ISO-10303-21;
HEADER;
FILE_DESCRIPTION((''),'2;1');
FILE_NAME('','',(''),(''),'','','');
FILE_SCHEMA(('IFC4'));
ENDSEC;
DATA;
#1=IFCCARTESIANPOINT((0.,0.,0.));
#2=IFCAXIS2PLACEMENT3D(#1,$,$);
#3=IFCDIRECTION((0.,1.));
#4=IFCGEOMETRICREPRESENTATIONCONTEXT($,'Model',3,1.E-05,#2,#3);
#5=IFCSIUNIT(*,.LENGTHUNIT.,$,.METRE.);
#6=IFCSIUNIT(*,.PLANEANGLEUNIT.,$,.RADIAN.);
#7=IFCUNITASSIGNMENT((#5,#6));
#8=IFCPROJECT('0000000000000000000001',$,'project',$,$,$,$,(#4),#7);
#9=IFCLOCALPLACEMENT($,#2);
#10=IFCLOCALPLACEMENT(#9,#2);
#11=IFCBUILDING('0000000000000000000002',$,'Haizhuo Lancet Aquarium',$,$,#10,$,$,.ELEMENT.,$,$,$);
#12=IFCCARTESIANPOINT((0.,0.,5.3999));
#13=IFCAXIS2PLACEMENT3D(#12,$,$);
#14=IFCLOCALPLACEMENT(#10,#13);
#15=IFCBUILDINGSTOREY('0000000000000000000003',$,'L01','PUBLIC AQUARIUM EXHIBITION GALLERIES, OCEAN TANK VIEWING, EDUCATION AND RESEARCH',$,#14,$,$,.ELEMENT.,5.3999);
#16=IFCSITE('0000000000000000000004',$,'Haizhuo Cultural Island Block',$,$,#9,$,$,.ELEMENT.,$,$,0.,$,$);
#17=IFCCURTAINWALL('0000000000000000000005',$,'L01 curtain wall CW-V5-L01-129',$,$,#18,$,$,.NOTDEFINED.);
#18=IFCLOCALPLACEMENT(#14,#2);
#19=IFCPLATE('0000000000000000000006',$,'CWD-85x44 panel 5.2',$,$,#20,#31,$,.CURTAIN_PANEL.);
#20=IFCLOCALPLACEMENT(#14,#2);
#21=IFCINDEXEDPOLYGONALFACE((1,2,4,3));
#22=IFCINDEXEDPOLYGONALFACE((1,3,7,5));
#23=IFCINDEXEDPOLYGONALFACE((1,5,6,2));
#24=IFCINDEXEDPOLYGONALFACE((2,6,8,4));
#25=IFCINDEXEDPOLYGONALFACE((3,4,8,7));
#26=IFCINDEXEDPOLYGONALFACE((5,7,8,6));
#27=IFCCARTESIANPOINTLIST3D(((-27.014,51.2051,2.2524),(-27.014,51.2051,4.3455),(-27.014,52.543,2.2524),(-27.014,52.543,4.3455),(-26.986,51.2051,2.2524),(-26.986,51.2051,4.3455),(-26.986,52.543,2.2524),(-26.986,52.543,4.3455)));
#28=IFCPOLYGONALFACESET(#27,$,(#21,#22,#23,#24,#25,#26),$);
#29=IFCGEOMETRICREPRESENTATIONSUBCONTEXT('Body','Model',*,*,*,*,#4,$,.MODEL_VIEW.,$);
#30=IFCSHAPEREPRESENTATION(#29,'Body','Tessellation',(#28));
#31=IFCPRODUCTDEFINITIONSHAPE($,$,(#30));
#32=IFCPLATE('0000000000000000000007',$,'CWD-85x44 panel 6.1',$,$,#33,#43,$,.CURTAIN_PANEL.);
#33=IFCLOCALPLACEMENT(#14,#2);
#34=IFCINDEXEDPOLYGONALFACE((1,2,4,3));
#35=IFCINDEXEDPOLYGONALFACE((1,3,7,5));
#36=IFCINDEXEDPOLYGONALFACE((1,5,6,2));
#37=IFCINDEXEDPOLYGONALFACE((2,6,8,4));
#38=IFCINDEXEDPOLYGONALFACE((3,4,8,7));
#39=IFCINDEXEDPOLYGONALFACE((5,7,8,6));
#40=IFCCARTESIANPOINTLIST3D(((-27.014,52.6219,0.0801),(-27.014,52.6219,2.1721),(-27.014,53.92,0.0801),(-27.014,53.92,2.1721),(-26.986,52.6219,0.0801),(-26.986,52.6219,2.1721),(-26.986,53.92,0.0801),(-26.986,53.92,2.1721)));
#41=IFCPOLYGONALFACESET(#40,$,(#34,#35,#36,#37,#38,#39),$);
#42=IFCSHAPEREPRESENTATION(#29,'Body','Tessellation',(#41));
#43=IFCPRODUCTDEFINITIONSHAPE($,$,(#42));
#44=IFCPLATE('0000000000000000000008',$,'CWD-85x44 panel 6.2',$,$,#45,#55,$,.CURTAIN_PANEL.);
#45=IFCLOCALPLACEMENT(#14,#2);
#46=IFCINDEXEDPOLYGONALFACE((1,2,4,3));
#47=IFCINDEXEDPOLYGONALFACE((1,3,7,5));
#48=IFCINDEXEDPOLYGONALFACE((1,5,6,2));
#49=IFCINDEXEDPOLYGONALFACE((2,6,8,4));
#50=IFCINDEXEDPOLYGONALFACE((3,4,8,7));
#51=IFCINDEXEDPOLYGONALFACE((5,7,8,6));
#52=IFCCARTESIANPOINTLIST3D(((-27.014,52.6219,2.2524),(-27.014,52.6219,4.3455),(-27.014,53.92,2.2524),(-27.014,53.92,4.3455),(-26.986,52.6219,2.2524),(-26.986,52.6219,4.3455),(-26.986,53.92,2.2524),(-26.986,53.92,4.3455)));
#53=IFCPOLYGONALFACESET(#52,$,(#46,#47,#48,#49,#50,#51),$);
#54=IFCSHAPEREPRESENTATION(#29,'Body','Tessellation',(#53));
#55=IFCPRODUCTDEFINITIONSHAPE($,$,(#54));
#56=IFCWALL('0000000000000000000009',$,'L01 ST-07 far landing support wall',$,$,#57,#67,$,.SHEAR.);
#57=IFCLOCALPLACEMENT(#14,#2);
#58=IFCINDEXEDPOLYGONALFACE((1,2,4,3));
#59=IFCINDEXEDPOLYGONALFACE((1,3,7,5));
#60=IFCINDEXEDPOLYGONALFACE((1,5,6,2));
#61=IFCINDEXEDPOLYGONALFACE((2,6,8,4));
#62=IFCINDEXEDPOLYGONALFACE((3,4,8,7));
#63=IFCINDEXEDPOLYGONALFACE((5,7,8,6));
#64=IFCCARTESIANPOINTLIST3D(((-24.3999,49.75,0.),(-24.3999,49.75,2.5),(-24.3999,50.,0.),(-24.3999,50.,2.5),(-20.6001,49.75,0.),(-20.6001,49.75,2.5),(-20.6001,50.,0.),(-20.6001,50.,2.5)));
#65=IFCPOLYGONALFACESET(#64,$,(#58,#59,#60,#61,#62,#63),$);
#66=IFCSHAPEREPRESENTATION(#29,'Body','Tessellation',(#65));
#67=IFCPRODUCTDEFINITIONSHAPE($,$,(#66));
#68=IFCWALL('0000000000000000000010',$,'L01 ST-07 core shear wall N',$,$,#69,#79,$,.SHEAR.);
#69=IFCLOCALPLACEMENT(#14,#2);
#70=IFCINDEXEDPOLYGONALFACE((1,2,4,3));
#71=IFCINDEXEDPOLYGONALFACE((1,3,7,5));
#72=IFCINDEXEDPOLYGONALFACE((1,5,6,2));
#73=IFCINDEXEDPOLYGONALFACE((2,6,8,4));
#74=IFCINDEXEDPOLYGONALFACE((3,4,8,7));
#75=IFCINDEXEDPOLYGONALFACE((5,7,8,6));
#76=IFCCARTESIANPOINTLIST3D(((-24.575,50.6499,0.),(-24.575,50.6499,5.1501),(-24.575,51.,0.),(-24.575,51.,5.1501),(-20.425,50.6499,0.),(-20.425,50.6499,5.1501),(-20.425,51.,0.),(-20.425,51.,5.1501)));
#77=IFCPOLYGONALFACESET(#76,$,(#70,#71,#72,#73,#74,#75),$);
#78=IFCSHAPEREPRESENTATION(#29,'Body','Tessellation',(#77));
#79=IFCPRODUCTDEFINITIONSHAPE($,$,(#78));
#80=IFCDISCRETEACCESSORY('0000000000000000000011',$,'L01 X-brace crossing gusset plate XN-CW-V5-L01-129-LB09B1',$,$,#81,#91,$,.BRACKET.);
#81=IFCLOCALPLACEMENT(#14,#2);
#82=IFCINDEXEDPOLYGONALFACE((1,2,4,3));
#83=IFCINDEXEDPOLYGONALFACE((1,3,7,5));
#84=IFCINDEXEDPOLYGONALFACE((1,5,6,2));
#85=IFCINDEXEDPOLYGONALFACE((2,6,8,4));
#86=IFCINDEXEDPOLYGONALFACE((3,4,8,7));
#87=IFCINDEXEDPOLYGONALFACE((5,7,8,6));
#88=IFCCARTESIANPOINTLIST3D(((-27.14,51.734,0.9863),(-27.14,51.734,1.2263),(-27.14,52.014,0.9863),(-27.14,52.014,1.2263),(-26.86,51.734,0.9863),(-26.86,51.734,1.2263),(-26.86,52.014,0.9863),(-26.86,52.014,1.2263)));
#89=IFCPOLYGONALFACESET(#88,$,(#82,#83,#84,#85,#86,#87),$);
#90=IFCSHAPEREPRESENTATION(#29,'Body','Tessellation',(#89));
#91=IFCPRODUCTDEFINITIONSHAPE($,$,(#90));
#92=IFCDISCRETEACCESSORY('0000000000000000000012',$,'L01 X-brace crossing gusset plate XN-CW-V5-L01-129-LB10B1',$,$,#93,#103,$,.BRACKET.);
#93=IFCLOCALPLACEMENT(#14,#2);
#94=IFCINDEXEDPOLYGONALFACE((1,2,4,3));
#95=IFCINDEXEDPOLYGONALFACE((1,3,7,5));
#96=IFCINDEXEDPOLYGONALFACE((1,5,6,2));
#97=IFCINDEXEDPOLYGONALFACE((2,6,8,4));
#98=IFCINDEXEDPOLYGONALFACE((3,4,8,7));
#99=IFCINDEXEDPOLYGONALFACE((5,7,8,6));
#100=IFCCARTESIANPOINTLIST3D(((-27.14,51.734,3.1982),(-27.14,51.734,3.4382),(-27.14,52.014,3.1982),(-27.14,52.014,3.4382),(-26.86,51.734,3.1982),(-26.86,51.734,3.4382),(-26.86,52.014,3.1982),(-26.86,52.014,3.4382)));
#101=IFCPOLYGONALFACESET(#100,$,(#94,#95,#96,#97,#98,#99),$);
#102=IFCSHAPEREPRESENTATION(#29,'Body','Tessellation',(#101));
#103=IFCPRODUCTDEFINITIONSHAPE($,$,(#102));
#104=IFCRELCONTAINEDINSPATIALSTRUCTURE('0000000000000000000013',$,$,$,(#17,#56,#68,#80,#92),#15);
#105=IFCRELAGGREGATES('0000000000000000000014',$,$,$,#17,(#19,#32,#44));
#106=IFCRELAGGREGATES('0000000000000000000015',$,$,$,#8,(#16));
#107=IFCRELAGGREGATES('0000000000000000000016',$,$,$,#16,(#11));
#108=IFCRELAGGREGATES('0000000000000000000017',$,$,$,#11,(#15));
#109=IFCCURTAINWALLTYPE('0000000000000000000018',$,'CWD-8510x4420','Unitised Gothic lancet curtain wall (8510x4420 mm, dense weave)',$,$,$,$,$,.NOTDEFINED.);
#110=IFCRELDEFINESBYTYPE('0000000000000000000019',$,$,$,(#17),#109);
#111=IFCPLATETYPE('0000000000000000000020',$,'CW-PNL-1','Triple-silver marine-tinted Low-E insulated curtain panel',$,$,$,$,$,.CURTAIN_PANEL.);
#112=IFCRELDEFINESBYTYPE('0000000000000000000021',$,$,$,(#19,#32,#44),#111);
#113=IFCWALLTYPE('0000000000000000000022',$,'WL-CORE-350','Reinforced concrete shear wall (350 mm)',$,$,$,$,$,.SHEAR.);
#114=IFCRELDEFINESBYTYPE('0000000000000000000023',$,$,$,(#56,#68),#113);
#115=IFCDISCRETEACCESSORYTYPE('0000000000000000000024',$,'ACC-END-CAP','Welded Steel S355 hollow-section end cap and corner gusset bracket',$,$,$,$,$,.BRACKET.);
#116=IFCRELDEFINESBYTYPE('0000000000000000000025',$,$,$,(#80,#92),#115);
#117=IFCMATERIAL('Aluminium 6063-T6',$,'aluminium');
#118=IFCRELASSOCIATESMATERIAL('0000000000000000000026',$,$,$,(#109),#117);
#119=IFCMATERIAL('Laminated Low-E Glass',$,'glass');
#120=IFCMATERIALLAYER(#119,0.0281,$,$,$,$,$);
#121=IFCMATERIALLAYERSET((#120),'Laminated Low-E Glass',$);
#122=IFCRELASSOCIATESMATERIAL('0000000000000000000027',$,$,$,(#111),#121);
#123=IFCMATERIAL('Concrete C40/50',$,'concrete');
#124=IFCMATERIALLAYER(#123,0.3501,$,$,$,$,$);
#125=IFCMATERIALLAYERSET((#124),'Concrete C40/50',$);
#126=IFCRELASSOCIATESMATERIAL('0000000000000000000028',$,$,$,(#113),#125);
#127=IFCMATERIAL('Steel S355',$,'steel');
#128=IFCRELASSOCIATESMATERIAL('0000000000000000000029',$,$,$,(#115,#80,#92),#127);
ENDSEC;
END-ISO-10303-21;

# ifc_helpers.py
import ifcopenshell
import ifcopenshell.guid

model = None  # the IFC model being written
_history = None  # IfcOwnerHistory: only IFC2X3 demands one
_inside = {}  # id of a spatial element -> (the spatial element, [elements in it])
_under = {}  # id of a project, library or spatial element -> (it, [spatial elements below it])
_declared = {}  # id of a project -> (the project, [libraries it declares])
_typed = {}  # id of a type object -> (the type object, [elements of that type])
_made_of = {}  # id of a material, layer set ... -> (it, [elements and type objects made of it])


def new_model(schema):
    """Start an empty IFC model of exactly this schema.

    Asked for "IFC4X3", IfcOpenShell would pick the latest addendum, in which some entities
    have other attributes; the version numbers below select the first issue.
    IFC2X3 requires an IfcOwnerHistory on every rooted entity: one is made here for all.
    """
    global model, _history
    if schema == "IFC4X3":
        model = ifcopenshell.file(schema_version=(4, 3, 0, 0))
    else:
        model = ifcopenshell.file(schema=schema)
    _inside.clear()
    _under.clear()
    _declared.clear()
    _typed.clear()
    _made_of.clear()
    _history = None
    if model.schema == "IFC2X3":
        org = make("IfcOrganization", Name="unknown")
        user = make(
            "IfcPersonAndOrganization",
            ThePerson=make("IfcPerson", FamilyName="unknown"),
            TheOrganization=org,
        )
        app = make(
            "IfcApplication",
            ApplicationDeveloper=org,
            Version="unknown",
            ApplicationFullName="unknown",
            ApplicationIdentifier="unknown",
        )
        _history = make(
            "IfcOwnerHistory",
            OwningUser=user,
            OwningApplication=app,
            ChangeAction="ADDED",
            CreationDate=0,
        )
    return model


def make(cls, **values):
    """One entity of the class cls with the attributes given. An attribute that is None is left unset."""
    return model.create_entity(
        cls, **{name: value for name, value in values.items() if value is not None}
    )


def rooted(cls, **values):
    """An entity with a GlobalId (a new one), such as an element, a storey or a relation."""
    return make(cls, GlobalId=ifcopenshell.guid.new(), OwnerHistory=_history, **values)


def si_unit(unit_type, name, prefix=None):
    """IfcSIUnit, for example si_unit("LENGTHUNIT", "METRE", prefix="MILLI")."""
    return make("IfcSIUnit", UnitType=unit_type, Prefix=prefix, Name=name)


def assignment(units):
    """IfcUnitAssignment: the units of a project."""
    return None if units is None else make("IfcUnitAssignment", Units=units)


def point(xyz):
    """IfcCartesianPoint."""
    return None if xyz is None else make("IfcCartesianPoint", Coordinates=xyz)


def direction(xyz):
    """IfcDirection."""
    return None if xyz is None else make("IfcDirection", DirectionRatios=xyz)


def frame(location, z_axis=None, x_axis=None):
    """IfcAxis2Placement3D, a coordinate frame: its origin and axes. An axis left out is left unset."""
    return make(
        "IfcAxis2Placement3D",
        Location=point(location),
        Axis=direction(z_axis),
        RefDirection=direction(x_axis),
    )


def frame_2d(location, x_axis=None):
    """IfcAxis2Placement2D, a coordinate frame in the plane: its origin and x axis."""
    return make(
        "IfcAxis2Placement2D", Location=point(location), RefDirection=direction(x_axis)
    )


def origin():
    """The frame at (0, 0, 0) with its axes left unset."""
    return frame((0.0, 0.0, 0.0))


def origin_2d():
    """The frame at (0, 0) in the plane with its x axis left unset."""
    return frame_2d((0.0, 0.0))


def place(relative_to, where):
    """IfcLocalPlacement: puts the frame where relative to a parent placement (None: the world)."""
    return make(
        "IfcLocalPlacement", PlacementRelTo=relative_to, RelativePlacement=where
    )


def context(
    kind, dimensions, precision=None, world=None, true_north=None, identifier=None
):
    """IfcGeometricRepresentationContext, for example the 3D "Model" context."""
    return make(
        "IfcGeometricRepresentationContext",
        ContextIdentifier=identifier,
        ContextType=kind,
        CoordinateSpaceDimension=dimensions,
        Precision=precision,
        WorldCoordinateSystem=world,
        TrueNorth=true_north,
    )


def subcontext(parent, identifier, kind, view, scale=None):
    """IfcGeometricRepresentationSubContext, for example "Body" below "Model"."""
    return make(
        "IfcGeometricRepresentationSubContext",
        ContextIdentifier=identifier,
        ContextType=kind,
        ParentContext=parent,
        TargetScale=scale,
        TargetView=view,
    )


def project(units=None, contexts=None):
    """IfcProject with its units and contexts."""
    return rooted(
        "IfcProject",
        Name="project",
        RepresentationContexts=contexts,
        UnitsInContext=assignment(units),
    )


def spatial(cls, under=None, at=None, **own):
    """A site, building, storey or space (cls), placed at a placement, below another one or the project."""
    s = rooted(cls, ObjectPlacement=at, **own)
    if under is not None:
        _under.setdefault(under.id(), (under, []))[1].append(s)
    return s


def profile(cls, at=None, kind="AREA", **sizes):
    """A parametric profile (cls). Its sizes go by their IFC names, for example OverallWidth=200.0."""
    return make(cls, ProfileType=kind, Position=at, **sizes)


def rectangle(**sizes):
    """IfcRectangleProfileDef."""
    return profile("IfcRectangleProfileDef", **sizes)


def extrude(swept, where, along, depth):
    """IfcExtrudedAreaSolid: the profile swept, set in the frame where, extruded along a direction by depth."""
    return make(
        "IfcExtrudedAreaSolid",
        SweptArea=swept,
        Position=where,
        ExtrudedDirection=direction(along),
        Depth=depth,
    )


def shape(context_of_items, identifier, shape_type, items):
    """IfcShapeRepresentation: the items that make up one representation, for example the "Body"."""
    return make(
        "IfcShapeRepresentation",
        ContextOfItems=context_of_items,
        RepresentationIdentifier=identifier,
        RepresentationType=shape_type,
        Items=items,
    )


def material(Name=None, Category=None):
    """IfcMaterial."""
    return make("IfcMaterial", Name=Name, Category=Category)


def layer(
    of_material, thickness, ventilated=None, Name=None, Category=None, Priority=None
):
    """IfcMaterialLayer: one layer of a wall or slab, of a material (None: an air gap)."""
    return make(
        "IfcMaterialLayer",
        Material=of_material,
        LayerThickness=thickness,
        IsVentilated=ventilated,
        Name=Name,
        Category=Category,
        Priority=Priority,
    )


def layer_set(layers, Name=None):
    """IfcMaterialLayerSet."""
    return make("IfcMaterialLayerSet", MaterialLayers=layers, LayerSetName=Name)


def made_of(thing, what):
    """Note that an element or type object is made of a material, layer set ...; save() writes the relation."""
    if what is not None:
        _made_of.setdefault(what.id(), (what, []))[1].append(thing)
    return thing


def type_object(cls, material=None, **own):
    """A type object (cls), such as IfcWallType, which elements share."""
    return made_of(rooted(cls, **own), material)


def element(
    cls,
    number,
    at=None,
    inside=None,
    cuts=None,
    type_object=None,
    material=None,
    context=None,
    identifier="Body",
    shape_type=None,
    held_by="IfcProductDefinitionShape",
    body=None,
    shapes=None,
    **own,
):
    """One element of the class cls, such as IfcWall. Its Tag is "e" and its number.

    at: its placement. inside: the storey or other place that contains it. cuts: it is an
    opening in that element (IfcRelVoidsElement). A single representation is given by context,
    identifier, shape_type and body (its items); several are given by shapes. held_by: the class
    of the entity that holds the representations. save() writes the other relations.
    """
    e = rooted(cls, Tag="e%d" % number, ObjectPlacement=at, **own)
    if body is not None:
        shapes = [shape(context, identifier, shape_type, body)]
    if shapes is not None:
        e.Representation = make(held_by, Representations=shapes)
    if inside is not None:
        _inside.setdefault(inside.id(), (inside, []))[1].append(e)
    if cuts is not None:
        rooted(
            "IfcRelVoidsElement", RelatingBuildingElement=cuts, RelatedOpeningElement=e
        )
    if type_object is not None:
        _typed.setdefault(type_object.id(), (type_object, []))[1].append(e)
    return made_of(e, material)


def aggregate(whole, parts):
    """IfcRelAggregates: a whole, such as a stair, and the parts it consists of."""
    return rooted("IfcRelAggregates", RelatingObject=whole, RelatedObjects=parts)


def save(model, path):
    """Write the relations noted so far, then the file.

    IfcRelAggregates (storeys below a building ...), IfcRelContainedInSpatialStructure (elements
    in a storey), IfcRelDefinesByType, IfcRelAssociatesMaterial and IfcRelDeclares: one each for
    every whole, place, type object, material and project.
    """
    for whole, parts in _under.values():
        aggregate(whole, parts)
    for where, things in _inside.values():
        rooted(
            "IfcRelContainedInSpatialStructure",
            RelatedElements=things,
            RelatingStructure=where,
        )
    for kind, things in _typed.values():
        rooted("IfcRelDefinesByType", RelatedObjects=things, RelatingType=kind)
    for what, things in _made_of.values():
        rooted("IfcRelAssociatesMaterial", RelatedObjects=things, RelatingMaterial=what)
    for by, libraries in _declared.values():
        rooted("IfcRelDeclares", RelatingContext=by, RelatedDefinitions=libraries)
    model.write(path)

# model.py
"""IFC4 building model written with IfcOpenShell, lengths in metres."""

from ifc_helpers import new_model, si_unit, direction, frame, frame_2d, origin, origin_2d, place, context, subcontext, project, spatial, rectangle, extrude, material, layer, layer_set, type_object, element, aggregate, save


model = new_model("IFC4")

# Units and contexts
model_context = context("Model", 3, precision=1e-05, world=origin(), true_north=direction((0.0, 1.0)))
body_context = subcontext(model_context, "Body", "Model", "MODEL_VIEW")
ifc_project = project(units=[si_unit("LENGTHUNIT", "METRE"), si_unit("PLANEANGLEUNIT", "RADIAN")], contexts=[model_context])

# Site, building, storey
site_placement = place(None, origin())
site = spatial("IfcSite", under=ifc_project, at=site_placement, Name="Haizhuo Cultural Island Block", CompositionType="ELEMENT", RefElevation=0.0)
building_placement = place(site_placement, origin())
building = spatial("IfcBuilding", under=site, at=building_placement, Name="Haizhuo Lancet Aquarium", CompositionType="ELEMENT")
storey_placement = place(building_placement, frame((0.0, 0.0, 5.3999)))
storey = spatial("IfcBuildingStorey", under=building, at=storey_placement, Name="L01", Description="PUBLIC AQUARIUM EXHIBITION GALLERIES, OCEAN TANK VIEWING, EDUCATION AND RESEARCH", CompositionType="ELEMENT", Elevation=5.3999)

# Curtain wall
ifc_material_1 = material(Name="Aluminium 6063-T6", Category="aluminium")
curtain_wall_type = type_object("IfcCurtainWallType", Name="CWD-8510x4420", Description="Unitised Gothic lancet curtain wall (8510x4420 mm, dense weave)", PredefinedType="NOTDEFINED", material=ifc_material_1)
curtain_wall_placement = place(storey_placement, origin())
curtain_wall = element("IfcCurtainWall", 1, at=curtain_wall_placement, inside=storey, type_object=curtain_wall_type, Name="L01 curtain wall CW-V5-L01-129", PredefinedType="NOTDEFINED")

# Shared definitions
ifc_material_2 = material(Name="Steel S355", Category="steel")

# Plates
ifc_material_3 = material(Name="Laminated Low-E Glass", Category="glass")
ifc_layer_1 = layer(ifc_material_3, 0.0281)
ifc_layer_set_1 = layer_set([ifc_layer_1], Name="Laminated Low-E Glass")
plate_type = type_object("IfcPlateType", Name="CW-PNL-1", Description="Triple-silver marine-tinted Low-E insulated curtain panel", PredefinedType="CURTAIN_PANEL", material=ifc_layer_set_1)
plate_1_placement = place(storey_placement, frame((-27.0, 51.874, 2.2524), z_axis=(0.0, 0.0, 1.0), x_axis=(0.0, 1.0, 0.0)))
plate_1 = element("IfcPlate", 2, at=plate_1_placement, type_object=plate_type, Name="CWD-85x44 panel 5.2", PredefinedType="CURTAIN_PANEL", context=body_context, shape_type="SweptSolid", body=[
    extrude(rectangle(XDim=1.3379, YDim=0.0281, at=origin_2d()), origin(), (0.0, 0.0, 1.0), 2.093),
])
plate_2_placement = place(storey_placement, frame((-27.0, 53.271, 0.0801), z_axis=(0.0, 0.0, 1.0), x_axis=(0.0, 1.0, 0.0)))
plate_2 = element("IfcPlate", 3, at=plate_2_placement, type_object=plate_type, Name="CWD-85x44 panel 6.1", PredefinedType="CURTAIN_PANEL", context=body_context, shape_type="SweptSolid", body=[
    extrude(rectangle(XDim=1.2981, YDim=0.0281, at=origin_2d()), origin(), (0.0, 0.0, 1.0), 2.092),
])
plate_3_placement = place(storey_placement, frame((-27.0, 53.271, 2.2524), z_axis=(0.0, 0.0, 1.0), x_axis=(0.0, 1.0, 0.0)))
plate_3 = element("IfcPlate", 4, at=plate_3_placement, type_object=plate_type, Name="CWD-85x44 panel 6.2", PredefinedType="CURTAIN_PANEL", context=body_context, shape_type="SweptSolid", body=[
    extrude(rectangle(XDim=1.2981, YDim=0.0281, at=origin_2d()), origin(), (0.0, 0.0, 1.0), 2.093),
])
aggregate(curtain_wall, [plate_1, plate_2, plate_3])

# Walls
ifc_material_4 = material(Name="Concrete C40/50", Category="concrete")
ifc_layer_2 = layer(ifc_material_4, 0.3501)
ifc_layer_set_2 = layer_set([ifc_layer_2], Name="Concrete C40/50")
wall_type = type_object("IfcWallType", Name="WL-CORE-350", Description="Reinforced concrete shear wall (350 mm)", PredefinedType="SHEAR", material=ifc_layer_set_2)
wall_1_placement = place(storey_placement, frame((-24.3999, 49.875, 0.0), z_axis=(0.0, 0.0, 1.0), x_axis=(1.0, 0.0, 0.0)))
element("IfcWall", 5, at=wall_1_placement, inside=storey, type_object=wall_type, Name="L01 ST-07 far landing support wall", PredefinedType="SHEAR", context=body_context, shape_type="SweptSolid", body=[
    extrude(rectangle(XDim=3.7998, YDim=0.25, at=frame_2d((1.8999, 0.0))), origin(), (0.0, 0.0, 1.0), 2.5),
])
wall_2_placement = place(storey_placement, frame((-24.575, 50.825, 0.0), z_axis=(0.0, 0.0, 1.0), x_axis=(1.0, 0.0, 0.0)))
element("IfcWall", 6, at=wall_2_placement, inside=storey, type_object=wall_type, Name="L01 ST-07 core shear wall N", PredefinedType="SHEAR", context=body_context, shape_type="SweptSolid", body=[
    extrude(rectangle(XDim=4.1499, YDim=0.3501, at=frame_2d((2.075, 0.0))), origin(), (0.0, 0.0, 1.0), 5.1501),
])

# Discrete accessories
discrete_accessory_type = type_object("IfcDiscreteAccessoryType", Name="ACC-END-CAP", Description="Welded Steel S355 hollow-section end cap and corner gusset bracket", PredefinedType="BRACKET", material=ifc_material_2)
for number, where, z_axis, x_axis, name in (
    (7, (-27.0, 51.874, 0.9863), (0.0, 0.0, 1.0), (1.0, 0.0, 0.0), "L01 X-brace crossing gusset plate XN-CW-V5-L01-129-LB09B1"),
    (8, (-27.0, 51.874, 3.1982), (0.0, 0.0, 1.0), (1.0, 0.0, 0.0), "L01 X-brace crossing gusset plate XN-CW-V5-L01-129-LB10B1"),
):
    element("IfcDiscreteAccessory", number, at=place(storey_placement, frame(where, z_axis=z_axis, x_axis=x_axis)), inside=storey, type_object=discrete_accessory_type, material=ifc_material_2, Name=name, PredefinedType="BRACKET", context=body_context, shape_type="SweptSolid", body=[
        extrude(rectangle(XDim=0.28, YDim=0.28, at=origin_2d()), origin(), (0.0, 0.0, 1.0), 0.24),
    ])

save(model, "model.ifc")
